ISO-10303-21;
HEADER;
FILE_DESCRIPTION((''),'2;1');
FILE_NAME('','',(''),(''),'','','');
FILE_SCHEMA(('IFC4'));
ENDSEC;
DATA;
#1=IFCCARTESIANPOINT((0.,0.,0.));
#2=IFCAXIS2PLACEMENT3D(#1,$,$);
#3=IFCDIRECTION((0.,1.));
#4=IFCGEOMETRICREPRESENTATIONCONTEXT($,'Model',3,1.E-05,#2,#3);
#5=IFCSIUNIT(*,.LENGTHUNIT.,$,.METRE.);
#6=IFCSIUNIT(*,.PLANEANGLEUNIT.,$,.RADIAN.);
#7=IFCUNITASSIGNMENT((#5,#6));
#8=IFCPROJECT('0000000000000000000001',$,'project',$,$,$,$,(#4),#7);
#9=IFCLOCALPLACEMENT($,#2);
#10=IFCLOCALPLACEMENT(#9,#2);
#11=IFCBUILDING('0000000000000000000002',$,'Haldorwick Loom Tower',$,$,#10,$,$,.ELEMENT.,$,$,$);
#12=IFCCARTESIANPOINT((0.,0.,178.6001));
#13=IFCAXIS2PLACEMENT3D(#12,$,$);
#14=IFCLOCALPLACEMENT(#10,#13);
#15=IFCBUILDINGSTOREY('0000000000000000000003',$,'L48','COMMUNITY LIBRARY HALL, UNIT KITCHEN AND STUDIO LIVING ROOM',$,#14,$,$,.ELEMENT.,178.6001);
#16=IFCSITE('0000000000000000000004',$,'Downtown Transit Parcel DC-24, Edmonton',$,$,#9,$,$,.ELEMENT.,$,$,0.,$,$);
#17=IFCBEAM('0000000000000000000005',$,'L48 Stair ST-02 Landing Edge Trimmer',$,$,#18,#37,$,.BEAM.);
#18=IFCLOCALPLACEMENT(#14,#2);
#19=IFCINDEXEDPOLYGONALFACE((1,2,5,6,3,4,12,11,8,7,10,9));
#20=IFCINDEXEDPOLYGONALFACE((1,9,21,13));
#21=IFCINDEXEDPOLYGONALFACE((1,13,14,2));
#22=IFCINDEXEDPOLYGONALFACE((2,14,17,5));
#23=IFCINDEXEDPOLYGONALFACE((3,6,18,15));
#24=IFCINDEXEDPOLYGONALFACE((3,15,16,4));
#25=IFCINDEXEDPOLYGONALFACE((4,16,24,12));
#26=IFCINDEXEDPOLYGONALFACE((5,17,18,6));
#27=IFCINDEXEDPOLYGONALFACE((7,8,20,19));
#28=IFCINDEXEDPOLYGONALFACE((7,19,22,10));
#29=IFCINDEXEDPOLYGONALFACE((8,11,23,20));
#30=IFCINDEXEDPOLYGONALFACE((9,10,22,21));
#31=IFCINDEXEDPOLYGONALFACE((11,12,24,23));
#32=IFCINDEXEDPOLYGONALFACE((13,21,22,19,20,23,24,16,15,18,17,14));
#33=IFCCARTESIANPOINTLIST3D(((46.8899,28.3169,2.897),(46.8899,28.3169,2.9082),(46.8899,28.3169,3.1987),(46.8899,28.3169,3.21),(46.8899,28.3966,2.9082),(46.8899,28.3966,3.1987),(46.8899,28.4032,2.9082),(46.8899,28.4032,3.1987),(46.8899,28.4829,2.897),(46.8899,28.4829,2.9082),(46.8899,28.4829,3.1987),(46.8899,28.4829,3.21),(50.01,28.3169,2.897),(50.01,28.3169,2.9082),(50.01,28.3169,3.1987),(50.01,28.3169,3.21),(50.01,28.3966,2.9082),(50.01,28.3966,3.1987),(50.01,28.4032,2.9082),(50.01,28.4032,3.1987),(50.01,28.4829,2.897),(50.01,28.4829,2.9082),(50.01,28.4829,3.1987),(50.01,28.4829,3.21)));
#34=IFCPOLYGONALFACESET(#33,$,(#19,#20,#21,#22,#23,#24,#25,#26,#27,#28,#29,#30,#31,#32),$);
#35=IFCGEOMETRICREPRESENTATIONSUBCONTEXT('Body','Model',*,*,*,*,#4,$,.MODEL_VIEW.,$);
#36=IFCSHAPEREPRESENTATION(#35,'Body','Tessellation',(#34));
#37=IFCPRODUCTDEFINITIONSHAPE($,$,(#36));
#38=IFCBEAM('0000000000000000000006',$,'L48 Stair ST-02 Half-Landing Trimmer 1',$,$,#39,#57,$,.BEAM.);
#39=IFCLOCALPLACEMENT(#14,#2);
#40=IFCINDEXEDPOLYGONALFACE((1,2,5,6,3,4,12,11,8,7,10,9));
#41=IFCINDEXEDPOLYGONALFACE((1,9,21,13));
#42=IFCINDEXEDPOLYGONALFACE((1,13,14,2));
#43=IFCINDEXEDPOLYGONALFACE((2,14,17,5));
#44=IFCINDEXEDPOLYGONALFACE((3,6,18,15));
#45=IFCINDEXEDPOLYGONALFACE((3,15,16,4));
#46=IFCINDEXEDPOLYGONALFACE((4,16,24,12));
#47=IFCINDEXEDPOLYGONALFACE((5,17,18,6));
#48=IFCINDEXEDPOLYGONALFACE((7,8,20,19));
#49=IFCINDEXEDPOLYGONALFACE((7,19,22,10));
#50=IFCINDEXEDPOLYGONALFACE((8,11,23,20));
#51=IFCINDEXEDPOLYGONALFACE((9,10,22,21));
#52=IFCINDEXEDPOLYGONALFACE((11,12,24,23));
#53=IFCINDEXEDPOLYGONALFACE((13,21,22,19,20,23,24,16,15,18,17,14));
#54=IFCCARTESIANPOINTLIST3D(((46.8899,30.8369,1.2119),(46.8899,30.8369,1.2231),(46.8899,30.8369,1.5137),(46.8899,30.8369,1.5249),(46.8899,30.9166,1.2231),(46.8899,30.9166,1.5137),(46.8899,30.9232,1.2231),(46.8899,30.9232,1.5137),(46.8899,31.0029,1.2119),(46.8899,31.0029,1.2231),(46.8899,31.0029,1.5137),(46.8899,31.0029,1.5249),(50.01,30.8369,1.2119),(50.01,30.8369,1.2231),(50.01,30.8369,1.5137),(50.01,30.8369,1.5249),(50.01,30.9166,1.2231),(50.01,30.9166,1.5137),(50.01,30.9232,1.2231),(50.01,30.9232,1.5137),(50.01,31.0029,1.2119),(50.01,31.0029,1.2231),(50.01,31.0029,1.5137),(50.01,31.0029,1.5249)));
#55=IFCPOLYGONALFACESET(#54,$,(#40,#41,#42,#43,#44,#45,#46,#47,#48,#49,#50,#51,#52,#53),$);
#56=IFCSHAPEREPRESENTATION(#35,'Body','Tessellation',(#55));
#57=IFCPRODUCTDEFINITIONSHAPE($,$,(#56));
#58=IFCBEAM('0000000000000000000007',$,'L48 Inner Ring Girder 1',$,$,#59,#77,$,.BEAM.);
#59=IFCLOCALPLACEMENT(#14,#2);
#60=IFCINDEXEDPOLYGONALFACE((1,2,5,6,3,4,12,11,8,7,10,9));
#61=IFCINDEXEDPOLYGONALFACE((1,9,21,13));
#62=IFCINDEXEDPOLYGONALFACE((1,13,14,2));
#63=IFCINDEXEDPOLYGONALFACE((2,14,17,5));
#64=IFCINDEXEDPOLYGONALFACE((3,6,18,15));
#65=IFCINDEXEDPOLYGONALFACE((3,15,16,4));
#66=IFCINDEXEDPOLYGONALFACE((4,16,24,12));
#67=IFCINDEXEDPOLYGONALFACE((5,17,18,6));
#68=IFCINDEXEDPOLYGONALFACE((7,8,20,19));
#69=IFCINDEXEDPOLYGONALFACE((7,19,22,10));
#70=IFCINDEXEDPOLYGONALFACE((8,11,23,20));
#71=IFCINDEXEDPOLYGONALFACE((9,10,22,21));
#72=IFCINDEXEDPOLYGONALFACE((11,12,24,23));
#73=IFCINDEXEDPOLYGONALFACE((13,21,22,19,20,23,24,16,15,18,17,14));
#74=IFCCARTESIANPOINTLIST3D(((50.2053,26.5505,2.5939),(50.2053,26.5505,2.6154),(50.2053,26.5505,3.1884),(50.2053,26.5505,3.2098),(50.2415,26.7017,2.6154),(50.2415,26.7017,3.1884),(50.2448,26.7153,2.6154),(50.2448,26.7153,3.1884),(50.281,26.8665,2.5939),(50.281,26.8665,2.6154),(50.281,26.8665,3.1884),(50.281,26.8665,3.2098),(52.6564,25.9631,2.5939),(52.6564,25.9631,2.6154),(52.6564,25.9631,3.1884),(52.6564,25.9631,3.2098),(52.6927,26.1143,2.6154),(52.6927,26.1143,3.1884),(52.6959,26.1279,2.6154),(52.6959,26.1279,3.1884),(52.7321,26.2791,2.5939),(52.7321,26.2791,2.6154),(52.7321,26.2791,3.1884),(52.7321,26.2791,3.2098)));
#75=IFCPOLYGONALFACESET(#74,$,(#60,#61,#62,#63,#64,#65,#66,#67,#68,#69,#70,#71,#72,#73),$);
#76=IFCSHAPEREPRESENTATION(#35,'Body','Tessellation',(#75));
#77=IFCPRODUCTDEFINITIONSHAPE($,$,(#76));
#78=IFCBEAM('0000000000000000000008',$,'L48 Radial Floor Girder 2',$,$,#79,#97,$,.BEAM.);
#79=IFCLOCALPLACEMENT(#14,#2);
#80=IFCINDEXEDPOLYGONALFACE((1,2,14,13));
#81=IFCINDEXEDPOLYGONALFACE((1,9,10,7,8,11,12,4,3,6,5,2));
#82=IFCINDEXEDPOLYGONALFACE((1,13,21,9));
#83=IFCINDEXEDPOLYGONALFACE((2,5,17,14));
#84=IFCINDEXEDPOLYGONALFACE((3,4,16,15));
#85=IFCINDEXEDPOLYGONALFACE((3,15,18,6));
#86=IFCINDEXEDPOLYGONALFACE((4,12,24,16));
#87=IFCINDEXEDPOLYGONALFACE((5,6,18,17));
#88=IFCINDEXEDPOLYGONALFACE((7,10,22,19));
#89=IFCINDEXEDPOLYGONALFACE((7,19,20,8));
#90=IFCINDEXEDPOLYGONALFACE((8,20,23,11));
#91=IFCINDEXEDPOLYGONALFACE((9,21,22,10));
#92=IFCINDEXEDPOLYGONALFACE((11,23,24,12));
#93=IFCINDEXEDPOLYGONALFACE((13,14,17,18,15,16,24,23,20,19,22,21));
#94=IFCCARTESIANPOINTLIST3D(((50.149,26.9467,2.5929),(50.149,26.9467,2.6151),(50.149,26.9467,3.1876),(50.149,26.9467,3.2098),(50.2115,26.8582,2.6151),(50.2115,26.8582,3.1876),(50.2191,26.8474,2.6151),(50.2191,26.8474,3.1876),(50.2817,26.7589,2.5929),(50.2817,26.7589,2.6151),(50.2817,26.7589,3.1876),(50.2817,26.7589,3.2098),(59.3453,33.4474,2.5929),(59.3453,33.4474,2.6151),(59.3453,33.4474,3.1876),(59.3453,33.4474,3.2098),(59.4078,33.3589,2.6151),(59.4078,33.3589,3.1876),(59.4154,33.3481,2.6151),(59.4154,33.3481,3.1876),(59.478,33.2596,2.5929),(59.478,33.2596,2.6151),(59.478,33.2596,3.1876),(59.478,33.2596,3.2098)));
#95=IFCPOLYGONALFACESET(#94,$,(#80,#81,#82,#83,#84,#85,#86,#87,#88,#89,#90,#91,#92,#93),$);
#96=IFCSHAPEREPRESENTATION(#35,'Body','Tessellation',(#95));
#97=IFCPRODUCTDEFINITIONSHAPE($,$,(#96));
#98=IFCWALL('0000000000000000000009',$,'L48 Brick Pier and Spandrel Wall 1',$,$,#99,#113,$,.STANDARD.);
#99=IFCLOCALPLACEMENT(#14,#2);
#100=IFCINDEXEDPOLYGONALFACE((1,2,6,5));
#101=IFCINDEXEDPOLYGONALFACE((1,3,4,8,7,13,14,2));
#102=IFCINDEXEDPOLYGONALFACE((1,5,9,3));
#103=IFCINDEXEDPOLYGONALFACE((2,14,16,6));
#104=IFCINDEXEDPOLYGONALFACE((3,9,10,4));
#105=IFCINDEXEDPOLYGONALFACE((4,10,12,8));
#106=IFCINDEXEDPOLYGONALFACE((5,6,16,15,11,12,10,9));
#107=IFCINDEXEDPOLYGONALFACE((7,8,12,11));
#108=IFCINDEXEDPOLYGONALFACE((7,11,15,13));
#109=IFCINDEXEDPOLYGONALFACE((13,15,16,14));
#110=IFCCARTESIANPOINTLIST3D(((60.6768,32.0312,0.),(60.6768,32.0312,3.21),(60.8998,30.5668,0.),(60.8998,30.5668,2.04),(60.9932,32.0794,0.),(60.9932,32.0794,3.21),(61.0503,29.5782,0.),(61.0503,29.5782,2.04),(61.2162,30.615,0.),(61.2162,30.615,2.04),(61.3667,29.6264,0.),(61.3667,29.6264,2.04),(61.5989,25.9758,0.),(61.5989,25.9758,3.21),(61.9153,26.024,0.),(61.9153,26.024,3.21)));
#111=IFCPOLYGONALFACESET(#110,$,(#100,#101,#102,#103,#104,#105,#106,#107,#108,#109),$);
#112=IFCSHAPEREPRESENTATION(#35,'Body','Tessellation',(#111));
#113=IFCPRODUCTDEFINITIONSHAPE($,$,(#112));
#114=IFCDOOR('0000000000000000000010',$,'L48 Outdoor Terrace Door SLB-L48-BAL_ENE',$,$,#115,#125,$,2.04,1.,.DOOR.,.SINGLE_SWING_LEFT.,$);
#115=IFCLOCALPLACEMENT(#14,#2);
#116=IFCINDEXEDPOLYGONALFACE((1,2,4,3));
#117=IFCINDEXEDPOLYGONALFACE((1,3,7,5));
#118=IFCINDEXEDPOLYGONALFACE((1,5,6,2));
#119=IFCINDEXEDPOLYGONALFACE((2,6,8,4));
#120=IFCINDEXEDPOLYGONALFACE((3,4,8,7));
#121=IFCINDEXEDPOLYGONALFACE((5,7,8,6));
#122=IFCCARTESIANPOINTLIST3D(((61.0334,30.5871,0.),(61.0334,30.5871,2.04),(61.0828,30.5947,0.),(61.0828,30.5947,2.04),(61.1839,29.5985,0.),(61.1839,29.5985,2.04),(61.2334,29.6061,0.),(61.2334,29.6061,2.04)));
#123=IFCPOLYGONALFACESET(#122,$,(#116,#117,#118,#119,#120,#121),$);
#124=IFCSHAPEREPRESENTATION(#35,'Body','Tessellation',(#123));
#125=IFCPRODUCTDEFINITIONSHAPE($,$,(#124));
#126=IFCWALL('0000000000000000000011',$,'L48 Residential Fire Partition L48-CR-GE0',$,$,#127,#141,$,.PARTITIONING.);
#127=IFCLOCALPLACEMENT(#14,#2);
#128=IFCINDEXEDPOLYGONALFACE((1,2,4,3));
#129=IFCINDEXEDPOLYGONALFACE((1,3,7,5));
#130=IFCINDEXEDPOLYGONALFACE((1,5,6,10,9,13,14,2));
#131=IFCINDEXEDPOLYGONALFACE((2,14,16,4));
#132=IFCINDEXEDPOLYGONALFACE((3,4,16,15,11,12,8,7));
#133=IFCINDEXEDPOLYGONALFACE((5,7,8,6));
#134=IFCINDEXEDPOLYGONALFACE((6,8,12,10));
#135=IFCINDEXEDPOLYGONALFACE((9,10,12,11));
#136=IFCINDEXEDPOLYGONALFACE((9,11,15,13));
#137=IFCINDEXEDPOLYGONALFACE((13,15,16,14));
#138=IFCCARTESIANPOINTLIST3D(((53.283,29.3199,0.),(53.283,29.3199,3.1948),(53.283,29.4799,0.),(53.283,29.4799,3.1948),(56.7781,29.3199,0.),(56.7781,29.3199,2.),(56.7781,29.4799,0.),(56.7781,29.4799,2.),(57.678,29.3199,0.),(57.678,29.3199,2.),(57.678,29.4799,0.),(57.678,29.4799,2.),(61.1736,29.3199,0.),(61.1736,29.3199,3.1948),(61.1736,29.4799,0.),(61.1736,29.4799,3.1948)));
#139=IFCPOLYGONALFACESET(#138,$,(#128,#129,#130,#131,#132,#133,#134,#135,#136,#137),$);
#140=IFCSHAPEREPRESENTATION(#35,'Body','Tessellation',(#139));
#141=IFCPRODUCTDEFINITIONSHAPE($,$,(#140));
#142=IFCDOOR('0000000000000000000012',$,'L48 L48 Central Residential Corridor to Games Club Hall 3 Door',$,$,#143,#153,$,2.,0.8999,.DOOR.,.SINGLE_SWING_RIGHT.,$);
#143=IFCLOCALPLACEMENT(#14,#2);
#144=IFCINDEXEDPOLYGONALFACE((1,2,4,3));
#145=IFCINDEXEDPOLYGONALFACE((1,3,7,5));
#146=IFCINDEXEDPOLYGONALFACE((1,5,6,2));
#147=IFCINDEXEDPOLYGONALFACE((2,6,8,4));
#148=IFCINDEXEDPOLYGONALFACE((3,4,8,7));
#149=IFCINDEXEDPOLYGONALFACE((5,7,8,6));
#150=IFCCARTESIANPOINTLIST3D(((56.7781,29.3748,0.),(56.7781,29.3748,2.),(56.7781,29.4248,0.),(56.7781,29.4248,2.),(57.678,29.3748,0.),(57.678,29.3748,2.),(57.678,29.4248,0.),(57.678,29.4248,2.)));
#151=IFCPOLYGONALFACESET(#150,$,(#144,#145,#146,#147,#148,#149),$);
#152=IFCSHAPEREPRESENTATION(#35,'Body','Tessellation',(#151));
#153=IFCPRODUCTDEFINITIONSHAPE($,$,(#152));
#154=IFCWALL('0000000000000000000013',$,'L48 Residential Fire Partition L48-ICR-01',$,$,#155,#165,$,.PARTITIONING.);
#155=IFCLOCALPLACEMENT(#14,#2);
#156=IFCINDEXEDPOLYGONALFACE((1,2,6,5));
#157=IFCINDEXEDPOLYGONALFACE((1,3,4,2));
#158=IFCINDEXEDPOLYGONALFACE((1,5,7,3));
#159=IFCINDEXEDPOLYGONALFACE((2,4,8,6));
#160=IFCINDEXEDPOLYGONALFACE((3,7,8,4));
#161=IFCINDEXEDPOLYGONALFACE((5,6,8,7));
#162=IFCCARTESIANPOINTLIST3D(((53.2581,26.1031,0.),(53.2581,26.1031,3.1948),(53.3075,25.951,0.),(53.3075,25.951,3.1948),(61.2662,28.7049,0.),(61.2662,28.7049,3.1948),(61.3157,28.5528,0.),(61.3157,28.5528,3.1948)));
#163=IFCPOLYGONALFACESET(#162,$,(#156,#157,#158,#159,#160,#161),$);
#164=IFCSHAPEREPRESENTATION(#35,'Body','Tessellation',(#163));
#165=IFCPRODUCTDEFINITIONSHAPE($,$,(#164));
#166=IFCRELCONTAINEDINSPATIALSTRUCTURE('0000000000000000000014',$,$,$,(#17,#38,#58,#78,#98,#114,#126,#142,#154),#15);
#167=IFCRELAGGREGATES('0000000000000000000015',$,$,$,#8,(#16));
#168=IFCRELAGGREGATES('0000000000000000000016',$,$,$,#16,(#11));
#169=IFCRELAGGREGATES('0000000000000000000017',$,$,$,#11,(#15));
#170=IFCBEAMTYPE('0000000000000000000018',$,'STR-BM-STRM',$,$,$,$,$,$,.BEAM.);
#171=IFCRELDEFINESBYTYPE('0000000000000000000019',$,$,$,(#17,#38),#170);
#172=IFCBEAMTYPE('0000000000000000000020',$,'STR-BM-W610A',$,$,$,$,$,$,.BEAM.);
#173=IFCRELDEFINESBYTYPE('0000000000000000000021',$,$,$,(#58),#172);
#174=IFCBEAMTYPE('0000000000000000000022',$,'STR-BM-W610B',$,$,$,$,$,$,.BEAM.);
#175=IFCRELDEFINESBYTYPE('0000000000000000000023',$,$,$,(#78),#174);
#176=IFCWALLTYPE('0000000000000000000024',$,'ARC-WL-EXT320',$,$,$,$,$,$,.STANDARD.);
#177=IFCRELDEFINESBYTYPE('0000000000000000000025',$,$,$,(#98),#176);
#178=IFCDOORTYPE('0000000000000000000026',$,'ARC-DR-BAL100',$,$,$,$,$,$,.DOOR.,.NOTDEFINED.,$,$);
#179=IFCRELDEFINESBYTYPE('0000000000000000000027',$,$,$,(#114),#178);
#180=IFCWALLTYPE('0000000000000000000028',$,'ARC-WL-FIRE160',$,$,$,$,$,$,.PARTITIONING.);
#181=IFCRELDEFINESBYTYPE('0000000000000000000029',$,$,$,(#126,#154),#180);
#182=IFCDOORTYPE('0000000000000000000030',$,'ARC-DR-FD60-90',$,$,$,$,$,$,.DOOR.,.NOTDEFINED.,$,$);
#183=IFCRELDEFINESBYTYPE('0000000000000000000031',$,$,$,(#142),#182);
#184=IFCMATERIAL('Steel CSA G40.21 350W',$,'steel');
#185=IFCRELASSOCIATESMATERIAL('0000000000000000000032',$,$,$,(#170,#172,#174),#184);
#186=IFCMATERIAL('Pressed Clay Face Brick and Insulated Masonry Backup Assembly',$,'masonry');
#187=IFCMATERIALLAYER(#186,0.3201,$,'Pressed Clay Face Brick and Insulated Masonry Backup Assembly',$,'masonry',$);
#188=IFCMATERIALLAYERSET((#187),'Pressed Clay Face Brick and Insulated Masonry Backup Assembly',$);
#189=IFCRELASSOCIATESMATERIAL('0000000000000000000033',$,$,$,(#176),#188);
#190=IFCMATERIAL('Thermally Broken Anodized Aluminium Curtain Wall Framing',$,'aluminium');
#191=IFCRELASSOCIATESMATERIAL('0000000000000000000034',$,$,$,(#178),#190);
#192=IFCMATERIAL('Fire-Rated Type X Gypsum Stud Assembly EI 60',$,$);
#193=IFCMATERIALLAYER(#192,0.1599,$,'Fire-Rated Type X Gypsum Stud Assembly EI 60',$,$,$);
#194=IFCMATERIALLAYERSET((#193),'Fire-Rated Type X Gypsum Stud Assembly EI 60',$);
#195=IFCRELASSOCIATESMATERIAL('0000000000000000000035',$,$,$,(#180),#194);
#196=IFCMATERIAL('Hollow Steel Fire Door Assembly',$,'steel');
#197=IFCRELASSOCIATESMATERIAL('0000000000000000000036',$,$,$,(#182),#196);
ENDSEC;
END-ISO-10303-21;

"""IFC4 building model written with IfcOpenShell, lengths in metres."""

from ifc_helpers import new_model, si_unit, direction, frame, frame_2d, origin, origin_2d, place, context, subcontext, project, spatial, rectangle, i_section, extrude, material, layer, layer_set, material_profile, profile_set, type_object, element, fill, save


model = new_model("IFC4")

# Units and contexts
model_context = context("Model", 3, precision=1e-05, world=origin(), true_north=direction((0.0, 1.0)))
body_context = subcontext(model_context, "Body", "Model", "MODEL_VIEW")
ifc_project = project(units=[si_unit("LENGTHUNIT", "METRE"), si_unit("PLANEANGLEUNIT", "RADIAN")], contexts=[model_context])

# Site, building, storey
site_placement = place(None, origin())
site = spatial("IfcSite", under=ifc_project, at=site_placement, Name="Downtown Transit Parcel DC-24, Edmonton", CompositionType="ELEMENT", RefElevation=0.0)
building_placement = place(site_placement, origin())
building = spatial("IfcBuilding", under=site, at=building_placement, Name="Haldorwick Loom Tower", CompositionType="ELEMENT")
storey_placement = place(building_placement, frame((0.0, 0.0, 178.6001)))
storey = spatial("IfcBuildingStorey", under=building, at=storey_placement, Name="L48", Description="COMMUNITY LIBRARY HALL, UNIT KITCHEN AND STUDIO LIVING ROOM", CompositionType="ELEMENT", Elevation=178.6001)

# Shared definitions
ifc_material_1 = material(Name="Steel CSA G40.21 350W", Category="steel")

# Beams
ifc_material_profile_1 = material_profile(ifc_material_1, i_section(OverallWidth=0.166, OverallDepth=0.313, WebThickness=0.0066, FlangeThickness=0.0112, at=origin_2d()), Name="W310X45", Category="steel")
ifc_profile_set_1 = profile_set([ifc_material_profile_1], Name="Steel CSA G40.21 350W")
beam_type_1 = type_object("IfcBeamType", Name="STR-BM-STRM", PredefinedType="BEAM", material=ifc_profile_set_1)
for number, where, z_axis, x_axis, name in (
    (1, (46.8899, 28.3999, 3.0535), (1.0, 0.0, 0.0), (0.0, 1.0, 0.0), "L48 Stair ST-02 Landing Edge Trimmer"),
    (2, (46.8899, 30.9199, 1.3684), (1.0, 0.0, 0.0), (0.0, 1.0, 0.0), "L48 Stair ST-02 Half-Landing Trimmer 1"),
):
    element("IfcBeam", number, at=place(storey_placement, frame(where, z_axis=z_axis, x_axis=x_axis)), inside=storey, type_object=beam_type_1, Name=name, PredefinedType="BEAM", context=body_context, shape_type="SweptSolid", body=[
        extrude(i_section(OverallWidth=0.166, OverallDepth=0.313, WebThickness=0.0066, FlangeThickness=0.0112, at=origin_2d()), origin(), (0.0, 0.0, 1.0), 3.1201),
    ])
ifc_material_profile_2 = material_profile(ifc_material_1, i_section(OverallWidth=0.325, OverallDepth=0.616, WebThickness=0.0139, FlangeThickness=0.0215, at=origin_2d()), Name="W610X174", Category="steel")
ifc_profile_set_2 = profile_set([ifc_material_profile_2], Name="Steel CSA G40.21 350W")
beam_type_2 = type_object("IfcBeamType", Name="STR-BM-W610A", PredefinedType="BEAM", material=ifc_profile_set_2)
beam_1_placement = place(storey_placement, frame((50.2432, 26.7085, 2.9019), z_axis=(0.972466, -0.233043, 0.0), x_axis=(0.233043, 0.972466, 0.0)))
element("IfcBeam", 3, at=beam_1_placement, inside=storey, type_object=beam_type_2, Name="L48 Inner Ring Girder 1", PredefinedType="BEAM", context=body_context, shape_type="SweptSolid", body=[
    extrude(i_section(OverallWidth=0.325, OverallDepth=0.616, WebThickness=0.0139, FlangeThickness=0.0215, at=origin_2d()), origin(), (0.0, 0.0, 1.0), 2.5205),
])
ifc_material_profile_3 = material_profile(ifc_material_1, i_section(OverallWidth=0.23, OverallDepth=0.6169, WebThickness=0.0132, FlangeThickness=0.0222, at=origin_2d()), Name="W610X140", Category="steel")
ifc_profile_set_3 = profile_set([ifc_material_profile_3], Name="Steel CSA G40.21 350W")
beam_type_3 = type_object("IfcBeamType", Name="STR-BM-W610B", PredefinedType="BEAM", material=ifc_profile_set_3)
beam_2_placement = place(storey_placement, frame((50.2153, 26.8528, 2.9014), z_axis=(0.816581, 0.57723, 0.0), x_axis=(-0.57723, 0.816581, 0.0)))
element("IfcBeam", 4, at=beam_2_placement, inside=storey, type_object=beam_type_3, Name="L48 Radial Floor Girder 2", PredefinedType="BEAM", context=body_context, shape_type="SweptSolid", body=[
    extrude(i_section(OverallWidth=0.23, OverallDepth=0.6169, WebThickness=0.0132, FlangeThickness=0.0222, at=origin_2d()), origin(), (0.0, 0.0, 1.0), 11.262),
])

# Walls, openings, doors
ifc_material_2 = material(Name="Pressed Clay Face Brick and Insulated Masonry Backup Assembly", Category="masonry")
ifc_layer_1 = layer(ifc_material_2, 0.3201, Name="Pressed Clay Face Brick and Insulated Masonry Backup Assembly", Category="masonry")
ifc_layer_set_1 = layer_set([ifc_layer_1], Name="Pressed Clay Face Brick and Insulated Masonry Backup Assembly")
wall_type_1 = type_object("IfcWallType", Name="ARC-WL-EXT320", PredefinedType="STANDARD", material=ifc_layer_set_1)
wall_1_placement = place(storey_placement, frame((61.7571, 26.0, 0.0), z_axis=(0.0, 0.0, 1.0), x_axis=(-0.150544, 0.988603, 0.0)))
wall_1 = element("IfcWall", 5, at=wall_1_placement, inside=storey, type_object=wall_type_1, Name="L48 Brick Pier and Spandrel Wall 1", PredefinedType="STANDARD", context=body_context, shape_type="SweptSolid", body=[
    extrude(rectangle(XDim=6.1252, YDim=0.3201, at=frame_2d((3.0625, 0.0))), origin(), (0.0, 0.0, 1.0), 3.21),
])
opening_1_placement = place(wall_1_placement, frame((3.6438, 0.0, 0.0)))
opening_1 = element("IfcOpeningElement", 6, at=opening_1_placement, cuts=wall_1, PredefinedType="OPENING", context=body_context, shape_type="SweptSolid", body=[
    extrude(rectangle(XDim=1.0, YDim=2.04, at=frame_2d((0.5, 1.02))), frame((0.0, 0.1699, 0.0), z_axis=(0.0, -1.0, 0.0), x_axis=(1.0, 0.0, 0.0)), (0.0, 0.0, 1.0), 0.3401),
])
ifc_material_3 = material(Name="Thermally Broken Anodized Aluminium Curtain Wall Framing", Category="aluminium")
door_type_1 = type_object("IfcDoorType", Name="ARC-DR-BAL100", OperationType="NOTDEFINED", PredefinedType="DOOR", material=ifc_material_3)
door_1_placement = place(opening_1_placement, origin())
door_1 = element("IfcDoor", 7, at=door_1_placement, inside=storey, type_object=door_type_1, Name="L48 Outdoor Terrace Door SLB-L48-BAL_ENE", OperationType="SINGLE_SWING_LEFT", OverallHeight=2.04, OverallWidth=1.0, PredefinedType="DOOR", context=body_context, shape_type="SweptSolid", body=[
    extrude(rectangle(XDim=1.0, YDim=2.04, at=frame_2d((0.5, 1.02))), frame((0.0, 0.0249, 0.0), z_axis=(0.0, -1.0, 0.0), x_axis=(1.0, 0.0, 0.0)), (0.0, 0.0, 1.0), 0.05),
])
fill(opening_1, door_1)
ifc_material_4 = material(Name="Fire-Rated Type X Gypsum Stud Assembly EI 60")
ifc_layer_2 = layer(ifc_material_4, 0.1599, Name="Fire-Rated Type X Gypsum Stud Assembly EI 60")
ifc_layer_set_2 = layer_set([ifc_layer_2], Name="Fire-Rated Type X Gypsum Stud Assembly EI 60")
wall_type_2 = type_object("IfcWallType", Name="ARC-WL-FIRE160", PredefinedType="PARTITIONING", material=ifc_layer_set_2)
wall_2_placement = place(storey_placement, frame((53.283, 29.3999, 0.0), z_axis=(0.0, 0.0, 1.0), x_axis=(1.0, 0.0, 0.0)))
wall_2 = element("IfcWall", 8, at=wall_2_placement, inside=storey, type_object=wall_type_2, Name="L48 Residential Fire Partition L48-CR-GE0", PredefinedType="PARTITIONING", context=body_context, shape_type="SweptSolid", body=[
    extrude(rectangle(XDim=7.8906, YDim=0.1599, at=frame_2d((3.9453, 0.0))), origin(), (0.0, 0.0, 1.0), 3.1948),
])
opening_2_placement = place(wall_2_placement, frame((3.4951, 0.0, 0.0)))
opening_2 = element("IfcOpeningElement", 9, at=opening_2_placement, cuts=wall_2, PredefinedType="OPENING", context=body_context, shape_type="SweptSolid", body=[
    extrude(rectangle(XDim=0.8999, YDim=2.0, at=frame_2d((0.45, 1.0))), frame((0.0, 0.0898, 0.0), z_axis=(0.0, -1.0, 0.0), x_axis=(1.0, 0.0, 0.0)), (0.0, 0.0, 1.0), 0.1799),
])
ifc_material_5 = material(Name="Hollow Steel Fire Door Assembly", Category="steel")
door_type_2 = type_object("IfcDoorType", Name="ARC-DR-FD60-90", OperationType="NOTDEFINED", PredefinedType="DOOR", material=ifc_material_5)
door_2_placement = place(opening_2_placement, origin())
door_2 = element("IfcDoor", 10, at=door_2_placement, inside=storey, type_object=door_type_2, Name="L48 L48 Central Residential Corridor to Games Club Hall 3 Door", OperationType="SINGLE_SWING_RIGHT", OverallHeight=2.0, OverallWidth=0.8999, PredefinedType="DOOR", context=body_context, shape_type="SweptSolid", body=[
    extrude(rectangle(XDim=0.8999, YDim=2.0, at=frame_2d((0.45, 1.0))), frame((0.0, 0.0249, 0.0), z_axis=(0.0, -1.0, 0.0), x_axis=(1.0, 0.0, 0.0)), (0.0, 0.0, 1.0), 0.05),
])
fill(opening_2, door_2)

# Wall
wall_3_placement = place(storey_placement, frame((53.283, 26.0271, 0.0), z_axis=(0.0, 0.0, 1.0), x_axis=(0.951062, 0.308999, 0.0)))
element("IfcWall", 11, at=wall_3_placement, inside=storey, type_object=wall_type_2, Name="L48 Residential Fire Partition L48-ICR-01", PredefinedType="PARTITIONING", context=body_context, shape_type="SweptSolid", body=[
    extrude(rectangle(XDim=8.4202, YDim=0.1599, at=frame_2d((4.21, 0.0))), origin(), (0.0, 0.0, 1.0), 3.1948),
])

save(model, "model.ifc")
